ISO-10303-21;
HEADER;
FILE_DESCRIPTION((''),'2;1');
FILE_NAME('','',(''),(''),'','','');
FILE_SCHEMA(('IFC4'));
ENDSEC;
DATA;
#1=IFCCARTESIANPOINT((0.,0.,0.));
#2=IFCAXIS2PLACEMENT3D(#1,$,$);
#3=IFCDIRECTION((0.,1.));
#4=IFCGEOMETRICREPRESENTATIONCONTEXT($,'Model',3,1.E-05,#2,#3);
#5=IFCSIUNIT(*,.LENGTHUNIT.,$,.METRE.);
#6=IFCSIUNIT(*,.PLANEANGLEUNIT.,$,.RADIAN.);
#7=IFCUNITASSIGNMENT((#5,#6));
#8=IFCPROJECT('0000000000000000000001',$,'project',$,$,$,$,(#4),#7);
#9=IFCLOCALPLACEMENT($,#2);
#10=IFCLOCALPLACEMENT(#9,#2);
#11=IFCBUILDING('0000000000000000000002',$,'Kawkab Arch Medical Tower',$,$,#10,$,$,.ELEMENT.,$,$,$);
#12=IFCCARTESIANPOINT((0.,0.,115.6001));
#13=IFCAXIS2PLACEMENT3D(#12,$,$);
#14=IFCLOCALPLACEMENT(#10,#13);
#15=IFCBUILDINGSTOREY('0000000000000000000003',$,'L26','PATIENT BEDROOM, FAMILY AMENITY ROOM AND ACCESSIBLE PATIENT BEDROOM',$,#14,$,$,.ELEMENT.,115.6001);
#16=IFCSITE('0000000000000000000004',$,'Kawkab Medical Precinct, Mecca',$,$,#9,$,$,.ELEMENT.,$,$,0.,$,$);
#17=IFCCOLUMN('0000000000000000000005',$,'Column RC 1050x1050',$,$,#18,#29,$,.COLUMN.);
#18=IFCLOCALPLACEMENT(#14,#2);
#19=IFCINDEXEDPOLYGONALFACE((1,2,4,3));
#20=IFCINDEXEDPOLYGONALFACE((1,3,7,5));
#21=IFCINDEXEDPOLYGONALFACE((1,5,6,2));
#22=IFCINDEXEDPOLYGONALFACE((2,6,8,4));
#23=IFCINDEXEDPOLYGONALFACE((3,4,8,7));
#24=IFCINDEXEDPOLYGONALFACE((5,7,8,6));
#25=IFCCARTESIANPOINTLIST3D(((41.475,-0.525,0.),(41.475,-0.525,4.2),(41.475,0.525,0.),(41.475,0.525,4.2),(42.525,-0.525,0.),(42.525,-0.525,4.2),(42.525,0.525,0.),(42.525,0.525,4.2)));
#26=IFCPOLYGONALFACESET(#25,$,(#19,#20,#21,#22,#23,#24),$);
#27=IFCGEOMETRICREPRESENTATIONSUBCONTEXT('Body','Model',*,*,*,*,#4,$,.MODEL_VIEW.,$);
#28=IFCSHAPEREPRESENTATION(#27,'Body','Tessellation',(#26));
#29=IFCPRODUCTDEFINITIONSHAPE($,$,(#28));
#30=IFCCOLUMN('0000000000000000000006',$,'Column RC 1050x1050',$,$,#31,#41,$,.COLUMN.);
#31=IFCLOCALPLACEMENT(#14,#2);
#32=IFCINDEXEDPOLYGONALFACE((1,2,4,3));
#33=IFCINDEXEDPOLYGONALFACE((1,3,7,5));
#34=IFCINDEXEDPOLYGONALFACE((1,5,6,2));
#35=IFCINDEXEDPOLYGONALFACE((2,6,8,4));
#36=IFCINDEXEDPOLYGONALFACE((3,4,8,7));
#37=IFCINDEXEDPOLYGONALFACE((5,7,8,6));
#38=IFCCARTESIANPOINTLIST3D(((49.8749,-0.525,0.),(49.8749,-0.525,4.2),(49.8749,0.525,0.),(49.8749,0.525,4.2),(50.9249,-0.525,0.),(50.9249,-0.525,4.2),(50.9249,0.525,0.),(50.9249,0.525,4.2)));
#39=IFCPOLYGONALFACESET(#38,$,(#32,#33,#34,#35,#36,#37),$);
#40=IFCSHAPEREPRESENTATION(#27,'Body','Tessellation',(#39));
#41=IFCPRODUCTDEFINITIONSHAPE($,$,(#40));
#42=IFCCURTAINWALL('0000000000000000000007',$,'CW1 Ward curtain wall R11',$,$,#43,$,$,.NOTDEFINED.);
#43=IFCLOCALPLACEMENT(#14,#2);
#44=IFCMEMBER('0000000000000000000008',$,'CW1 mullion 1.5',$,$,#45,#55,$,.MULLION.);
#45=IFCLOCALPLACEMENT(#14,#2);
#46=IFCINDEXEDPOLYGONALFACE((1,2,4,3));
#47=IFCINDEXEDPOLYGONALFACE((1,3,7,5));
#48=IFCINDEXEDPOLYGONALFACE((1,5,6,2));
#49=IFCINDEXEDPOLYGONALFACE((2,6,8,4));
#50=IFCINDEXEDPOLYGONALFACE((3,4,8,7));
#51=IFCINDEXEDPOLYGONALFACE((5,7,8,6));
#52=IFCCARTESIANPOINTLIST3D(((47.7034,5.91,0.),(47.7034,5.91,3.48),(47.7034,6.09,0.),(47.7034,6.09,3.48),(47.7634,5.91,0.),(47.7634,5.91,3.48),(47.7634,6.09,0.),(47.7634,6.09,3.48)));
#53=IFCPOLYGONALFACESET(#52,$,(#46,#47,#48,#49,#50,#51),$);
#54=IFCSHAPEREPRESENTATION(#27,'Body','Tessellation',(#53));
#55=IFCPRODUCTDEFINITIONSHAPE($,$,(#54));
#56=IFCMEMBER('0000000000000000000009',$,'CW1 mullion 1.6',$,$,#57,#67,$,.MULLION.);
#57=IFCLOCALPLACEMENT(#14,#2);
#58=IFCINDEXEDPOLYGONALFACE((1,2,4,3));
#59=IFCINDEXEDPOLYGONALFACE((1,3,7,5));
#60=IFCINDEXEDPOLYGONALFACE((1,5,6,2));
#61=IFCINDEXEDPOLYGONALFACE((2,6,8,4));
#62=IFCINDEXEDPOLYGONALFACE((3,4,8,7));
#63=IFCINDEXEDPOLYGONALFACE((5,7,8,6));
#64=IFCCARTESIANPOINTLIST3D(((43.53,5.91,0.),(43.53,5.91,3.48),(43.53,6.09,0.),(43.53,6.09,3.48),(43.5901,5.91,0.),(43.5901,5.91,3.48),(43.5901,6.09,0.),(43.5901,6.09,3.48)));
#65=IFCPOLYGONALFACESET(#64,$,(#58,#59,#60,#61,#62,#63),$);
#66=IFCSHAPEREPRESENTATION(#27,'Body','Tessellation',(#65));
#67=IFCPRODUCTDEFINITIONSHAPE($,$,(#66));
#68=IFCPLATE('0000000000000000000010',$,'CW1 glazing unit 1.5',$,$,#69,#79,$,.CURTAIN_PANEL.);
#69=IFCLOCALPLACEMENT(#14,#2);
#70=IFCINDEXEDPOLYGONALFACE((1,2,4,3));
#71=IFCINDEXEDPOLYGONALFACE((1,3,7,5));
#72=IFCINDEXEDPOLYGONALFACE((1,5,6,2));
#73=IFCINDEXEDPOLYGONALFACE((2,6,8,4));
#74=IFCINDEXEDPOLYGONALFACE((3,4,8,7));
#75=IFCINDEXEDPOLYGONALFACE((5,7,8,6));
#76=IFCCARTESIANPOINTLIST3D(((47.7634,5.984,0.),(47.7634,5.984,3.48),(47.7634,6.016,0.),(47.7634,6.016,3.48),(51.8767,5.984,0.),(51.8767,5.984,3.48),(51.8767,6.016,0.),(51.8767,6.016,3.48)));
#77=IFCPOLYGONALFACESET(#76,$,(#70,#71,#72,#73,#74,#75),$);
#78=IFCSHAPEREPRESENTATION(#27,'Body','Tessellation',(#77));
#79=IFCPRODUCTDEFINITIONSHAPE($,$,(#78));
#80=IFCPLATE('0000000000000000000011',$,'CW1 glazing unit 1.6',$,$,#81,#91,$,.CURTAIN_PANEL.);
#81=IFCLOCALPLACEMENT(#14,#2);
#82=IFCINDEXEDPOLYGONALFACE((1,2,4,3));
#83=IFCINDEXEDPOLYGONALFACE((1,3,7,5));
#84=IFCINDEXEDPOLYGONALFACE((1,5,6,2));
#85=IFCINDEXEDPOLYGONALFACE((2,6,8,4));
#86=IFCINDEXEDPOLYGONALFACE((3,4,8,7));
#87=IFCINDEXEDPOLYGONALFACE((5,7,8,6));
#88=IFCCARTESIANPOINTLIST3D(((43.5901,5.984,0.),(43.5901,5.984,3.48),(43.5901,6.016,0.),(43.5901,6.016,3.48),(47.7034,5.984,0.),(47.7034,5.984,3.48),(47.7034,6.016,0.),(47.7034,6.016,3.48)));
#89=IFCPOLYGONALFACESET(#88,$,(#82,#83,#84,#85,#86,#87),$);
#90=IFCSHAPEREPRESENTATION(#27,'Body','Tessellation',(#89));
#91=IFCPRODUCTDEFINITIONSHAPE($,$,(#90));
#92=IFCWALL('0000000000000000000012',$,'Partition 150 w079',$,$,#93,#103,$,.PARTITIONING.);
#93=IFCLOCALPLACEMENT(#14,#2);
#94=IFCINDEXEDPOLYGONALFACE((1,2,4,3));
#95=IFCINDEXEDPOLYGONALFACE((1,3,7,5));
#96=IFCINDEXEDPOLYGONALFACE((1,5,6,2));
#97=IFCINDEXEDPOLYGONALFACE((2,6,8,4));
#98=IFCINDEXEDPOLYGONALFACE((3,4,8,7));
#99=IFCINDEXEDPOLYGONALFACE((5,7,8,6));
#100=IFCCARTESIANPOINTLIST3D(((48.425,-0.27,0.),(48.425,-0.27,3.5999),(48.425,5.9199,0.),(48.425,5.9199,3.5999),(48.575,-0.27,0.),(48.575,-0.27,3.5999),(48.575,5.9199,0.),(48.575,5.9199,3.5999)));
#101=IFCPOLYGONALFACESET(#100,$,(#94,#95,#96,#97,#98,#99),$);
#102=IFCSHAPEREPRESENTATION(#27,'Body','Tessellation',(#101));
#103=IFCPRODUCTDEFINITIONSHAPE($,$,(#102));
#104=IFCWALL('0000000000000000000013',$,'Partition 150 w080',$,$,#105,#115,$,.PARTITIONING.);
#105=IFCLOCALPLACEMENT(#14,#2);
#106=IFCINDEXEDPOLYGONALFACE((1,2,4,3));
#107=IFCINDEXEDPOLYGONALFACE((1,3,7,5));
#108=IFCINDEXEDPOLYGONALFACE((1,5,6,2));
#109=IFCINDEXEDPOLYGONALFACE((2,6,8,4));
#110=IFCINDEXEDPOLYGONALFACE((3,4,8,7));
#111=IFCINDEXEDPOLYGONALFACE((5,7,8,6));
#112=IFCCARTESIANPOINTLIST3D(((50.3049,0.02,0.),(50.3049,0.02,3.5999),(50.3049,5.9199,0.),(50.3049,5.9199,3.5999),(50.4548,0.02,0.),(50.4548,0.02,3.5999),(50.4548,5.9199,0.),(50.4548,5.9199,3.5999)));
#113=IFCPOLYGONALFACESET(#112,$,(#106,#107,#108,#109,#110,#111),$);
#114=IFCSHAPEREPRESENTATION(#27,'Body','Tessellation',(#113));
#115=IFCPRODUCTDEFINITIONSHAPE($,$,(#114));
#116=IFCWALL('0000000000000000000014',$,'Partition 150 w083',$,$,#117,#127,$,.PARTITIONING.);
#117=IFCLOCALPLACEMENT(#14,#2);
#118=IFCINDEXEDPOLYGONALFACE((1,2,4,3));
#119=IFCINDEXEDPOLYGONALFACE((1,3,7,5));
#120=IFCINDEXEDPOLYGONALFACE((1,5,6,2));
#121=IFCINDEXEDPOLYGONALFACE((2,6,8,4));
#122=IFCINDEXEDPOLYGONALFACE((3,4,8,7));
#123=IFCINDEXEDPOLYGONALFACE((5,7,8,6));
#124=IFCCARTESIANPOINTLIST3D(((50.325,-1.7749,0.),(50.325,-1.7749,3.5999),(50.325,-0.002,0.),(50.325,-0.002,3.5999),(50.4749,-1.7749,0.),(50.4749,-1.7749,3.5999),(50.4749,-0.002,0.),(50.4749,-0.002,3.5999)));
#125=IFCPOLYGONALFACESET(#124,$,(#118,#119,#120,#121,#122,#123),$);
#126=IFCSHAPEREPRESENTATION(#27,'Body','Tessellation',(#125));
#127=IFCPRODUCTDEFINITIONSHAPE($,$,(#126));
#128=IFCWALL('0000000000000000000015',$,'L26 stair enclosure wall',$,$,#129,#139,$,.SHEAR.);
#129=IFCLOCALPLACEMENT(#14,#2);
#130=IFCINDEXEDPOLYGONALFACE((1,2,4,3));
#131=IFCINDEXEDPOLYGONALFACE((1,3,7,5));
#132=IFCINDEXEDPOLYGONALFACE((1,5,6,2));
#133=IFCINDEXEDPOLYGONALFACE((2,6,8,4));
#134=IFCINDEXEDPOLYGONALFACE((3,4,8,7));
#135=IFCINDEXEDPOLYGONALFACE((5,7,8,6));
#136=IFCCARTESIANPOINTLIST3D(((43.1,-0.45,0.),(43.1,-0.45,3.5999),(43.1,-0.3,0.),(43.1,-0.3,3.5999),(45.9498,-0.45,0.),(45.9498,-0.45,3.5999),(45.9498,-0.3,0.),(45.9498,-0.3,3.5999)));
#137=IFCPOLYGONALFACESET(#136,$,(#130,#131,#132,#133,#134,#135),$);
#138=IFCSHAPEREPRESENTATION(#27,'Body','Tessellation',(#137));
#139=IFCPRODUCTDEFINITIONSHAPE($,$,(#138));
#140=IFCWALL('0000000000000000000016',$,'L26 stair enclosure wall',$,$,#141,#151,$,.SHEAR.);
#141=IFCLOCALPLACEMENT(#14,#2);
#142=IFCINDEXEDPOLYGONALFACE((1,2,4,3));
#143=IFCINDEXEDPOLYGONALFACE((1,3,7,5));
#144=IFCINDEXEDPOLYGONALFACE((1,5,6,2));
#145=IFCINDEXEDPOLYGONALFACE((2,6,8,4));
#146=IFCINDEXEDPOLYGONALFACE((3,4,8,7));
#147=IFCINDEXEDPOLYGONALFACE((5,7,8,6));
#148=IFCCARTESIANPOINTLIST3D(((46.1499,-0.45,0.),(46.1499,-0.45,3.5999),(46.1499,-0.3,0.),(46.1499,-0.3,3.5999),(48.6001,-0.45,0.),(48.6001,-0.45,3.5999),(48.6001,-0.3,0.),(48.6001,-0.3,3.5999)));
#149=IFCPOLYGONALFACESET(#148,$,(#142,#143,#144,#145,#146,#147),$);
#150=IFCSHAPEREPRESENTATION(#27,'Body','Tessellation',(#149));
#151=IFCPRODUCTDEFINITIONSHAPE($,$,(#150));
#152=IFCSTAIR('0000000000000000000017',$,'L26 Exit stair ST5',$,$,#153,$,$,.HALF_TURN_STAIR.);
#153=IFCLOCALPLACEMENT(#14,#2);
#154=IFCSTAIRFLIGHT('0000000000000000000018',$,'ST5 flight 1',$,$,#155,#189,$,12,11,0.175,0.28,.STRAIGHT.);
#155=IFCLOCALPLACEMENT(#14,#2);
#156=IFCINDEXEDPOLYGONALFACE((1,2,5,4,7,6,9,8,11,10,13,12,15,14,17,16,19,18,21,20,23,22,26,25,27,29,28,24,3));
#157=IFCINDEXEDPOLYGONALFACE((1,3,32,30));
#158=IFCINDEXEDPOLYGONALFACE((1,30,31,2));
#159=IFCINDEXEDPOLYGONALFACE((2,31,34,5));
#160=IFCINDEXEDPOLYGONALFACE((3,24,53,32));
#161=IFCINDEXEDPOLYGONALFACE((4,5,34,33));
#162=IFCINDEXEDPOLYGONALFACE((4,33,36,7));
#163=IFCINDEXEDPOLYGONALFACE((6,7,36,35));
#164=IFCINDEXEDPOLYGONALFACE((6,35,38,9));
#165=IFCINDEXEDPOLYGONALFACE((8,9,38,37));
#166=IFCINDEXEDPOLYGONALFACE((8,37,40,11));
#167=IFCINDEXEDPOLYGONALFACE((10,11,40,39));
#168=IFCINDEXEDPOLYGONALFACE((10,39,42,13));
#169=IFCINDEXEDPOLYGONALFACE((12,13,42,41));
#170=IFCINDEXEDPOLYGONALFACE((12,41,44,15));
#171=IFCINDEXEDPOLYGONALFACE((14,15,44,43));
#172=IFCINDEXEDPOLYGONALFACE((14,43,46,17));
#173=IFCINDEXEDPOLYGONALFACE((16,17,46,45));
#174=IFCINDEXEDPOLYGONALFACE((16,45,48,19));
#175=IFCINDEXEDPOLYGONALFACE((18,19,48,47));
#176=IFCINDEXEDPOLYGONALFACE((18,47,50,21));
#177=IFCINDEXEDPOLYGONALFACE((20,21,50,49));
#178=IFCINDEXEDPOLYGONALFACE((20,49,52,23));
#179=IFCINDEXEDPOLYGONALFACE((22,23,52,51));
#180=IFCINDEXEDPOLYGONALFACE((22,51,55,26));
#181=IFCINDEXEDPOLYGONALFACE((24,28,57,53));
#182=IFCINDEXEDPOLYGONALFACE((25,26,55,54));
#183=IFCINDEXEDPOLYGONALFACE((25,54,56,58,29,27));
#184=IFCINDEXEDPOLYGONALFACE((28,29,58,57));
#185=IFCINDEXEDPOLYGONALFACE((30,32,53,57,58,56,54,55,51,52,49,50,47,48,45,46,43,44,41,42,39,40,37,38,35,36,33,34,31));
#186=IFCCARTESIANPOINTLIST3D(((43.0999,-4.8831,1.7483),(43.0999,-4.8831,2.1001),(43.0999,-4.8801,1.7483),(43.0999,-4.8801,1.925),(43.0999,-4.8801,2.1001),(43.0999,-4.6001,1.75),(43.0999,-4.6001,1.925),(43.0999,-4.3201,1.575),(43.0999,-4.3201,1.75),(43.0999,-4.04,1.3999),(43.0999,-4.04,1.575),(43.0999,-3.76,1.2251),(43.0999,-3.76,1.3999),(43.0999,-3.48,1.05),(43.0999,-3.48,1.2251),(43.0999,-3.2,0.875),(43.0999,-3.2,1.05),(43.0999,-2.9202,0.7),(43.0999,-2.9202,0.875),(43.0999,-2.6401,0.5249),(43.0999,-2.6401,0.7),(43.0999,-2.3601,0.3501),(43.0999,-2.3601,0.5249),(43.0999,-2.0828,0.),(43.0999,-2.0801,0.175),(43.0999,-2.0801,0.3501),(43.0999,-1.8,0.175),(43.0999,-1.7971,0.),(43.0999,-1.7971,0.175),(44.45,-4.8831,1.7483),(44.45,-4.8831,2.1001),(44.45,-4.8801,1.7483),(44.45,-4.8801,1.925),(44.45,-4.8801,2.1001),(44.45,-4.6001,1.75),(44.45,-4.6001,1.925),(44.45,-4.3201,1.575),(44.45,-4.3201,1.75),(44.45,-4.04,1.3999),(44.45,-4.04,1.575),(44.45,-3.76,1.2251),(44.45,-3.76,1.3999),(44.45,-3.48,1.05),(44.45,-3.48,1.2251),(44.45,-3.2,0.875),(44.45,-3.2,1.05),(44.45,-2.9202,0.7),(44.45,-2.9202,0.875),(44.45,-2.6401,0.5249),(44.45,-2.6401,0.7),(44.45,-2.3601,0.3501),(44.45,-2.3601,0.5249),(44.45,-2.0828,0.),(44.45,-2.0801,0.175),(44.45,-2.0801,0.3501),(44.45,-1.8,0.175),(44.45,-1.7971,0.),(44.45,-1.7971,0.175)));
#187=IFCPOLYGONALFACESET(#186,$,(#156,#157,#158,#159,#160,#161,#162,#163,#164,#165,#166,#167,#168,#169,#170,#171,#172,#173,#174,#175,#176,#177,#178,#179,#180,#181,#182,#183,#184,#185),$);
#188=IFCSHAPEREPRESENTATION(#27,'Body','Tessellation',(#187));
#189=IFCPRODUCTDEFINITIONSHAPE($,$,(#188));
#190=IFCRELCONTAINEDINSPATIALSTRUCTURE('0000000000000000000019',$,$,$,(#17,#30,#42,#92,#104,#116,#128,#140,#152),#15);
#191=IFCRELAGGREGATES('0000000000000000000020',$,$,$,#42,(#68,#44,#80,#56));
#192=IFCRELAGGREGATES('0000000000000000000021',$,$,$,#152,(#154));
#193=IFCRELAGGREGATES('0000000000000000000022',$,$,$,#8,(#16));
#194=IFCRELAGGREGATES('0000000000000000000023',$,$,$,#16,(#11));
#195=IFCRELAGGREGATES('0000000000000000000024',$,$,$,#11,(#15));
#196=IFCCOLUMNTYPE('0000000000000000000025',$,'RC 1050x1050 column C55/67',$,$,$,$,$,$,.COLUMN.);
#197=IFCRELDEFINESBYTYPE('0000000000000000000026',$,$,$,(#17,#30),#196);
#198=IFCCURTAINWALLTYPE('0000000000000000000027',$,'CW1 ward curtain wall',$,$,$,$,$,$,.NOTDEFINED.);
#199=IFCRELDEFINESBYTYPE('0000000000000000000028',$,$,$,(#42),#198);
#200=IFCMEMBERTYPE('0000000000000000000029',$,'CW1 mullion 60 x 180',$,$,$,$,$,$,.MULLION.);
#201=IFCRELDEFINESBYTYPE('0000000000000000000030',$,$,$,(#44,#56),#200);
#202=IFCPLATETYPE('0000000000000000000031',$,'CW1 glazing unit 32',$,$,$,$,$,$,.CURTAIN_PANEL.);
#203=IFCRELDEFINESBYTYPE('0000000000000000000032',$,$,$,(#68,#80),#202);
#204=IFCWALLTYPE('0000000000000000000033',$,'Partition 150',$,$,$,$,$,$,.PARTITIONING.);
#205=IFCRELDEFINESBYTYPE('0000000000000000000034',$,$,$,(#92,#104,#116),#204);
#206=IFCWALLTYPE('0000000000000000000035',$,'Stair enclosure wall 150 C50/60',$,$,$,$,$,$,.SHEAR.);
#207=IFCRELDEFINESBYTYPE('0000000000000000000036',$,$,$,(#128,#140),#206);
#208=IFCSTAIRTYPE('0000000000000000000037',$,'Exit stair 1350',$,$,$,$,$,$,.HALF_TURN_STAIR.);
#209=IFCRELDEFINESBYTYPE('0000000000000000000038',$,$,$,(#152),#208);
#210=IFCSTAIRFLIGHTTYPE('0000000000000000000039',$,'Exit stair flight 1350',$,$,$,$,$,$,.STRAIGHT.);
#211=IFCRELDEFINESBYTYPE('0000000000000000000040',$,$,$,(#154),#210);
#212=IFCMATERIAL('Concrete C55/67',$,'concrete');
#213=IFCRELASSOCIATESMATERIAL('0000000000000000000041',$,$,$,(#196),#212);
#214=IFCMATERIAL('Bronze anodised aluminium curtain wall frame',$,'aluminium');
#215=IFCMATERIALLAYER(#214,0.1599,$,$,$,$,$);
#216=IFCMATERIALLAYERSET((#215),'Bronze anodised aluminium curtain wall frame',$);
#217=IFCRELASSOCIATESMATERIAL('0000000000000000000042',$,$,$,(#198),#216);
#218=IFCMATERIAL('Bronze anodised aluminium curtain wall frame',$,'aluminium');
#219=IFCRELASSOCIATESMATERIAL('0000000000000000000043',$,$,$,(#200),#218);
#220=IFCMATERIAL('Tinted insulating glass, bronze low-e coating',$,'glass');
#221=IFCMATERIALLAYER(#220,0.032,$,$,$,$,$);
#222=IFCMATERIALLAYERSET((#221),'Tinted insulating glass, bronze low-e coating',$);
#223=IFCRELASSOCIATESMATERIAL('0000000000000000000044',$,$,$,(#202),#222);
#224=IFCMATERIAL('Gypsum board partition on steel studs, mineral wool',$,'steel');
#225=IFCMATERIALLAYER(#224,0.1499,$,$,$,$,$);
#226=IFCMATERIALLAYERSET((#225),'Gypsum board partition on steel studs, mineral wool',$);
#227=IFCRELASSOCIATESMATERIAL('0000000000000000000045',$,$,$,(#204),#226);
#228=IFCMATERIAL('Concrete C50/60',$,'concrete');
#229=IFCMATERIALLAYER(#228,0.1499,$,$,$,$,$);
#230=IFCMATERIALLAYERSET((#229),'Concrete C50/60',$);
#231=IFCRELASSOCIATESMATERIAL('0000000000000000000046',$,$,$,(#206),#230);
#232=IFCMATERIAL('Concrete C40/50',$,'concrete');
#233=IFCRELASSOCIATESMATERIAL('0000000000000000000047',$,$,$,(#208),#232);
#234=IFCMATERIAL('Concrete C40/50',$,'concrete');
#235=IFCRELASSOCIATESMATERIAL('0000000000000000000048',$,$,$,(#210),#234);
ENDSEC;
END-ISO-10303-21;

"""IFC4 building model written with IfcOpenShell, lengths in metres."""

from ifc_helpers import new_model, si_unit, direction, frame, frame_2d, origin, origin_2d, place, context, subcontext, project, spatial, polyline, rectangle, outline, extrude, material, layer, layer_set, material_profile, profile_set, type_object, element, aggregate, save


model = new_model("IFC4")

# Units and contexts
model_context = context("Model", 3, precision=1e-05, world=origin(), true_north=direction((0.0, 1.0)))
body_context = subcontext(model_context, "Body", "Model", "MODEL_VIEW")
ifc_project = project(units=[si_unit("LENGTHUNIT", "METRE"), si_unit("PLANEANGLEUNIT", "RADIAN")], contexts=[model_context])

# Site, building, storey
site_placement = place(None, origin())
site = spatial("IfcSite", under=ifc_project, at=site_placement, Name="Kawkab Medical Precinct, Mecca", CompositionType="ELEMENT", RefElevation=0.0)
building_placement = place(site_placement, origin())
building = spatial("IfcBuilding", under=site, at=building_placement, Name="Kawkab Arch Medical Tower", CompositionType="ELEMENT")
storey_placement = place(building_placement, frame((0.0, 0.0, 115.6001)))
storey = spatial("IfcBuildingStorey", under=building, at=storey_placement, Name="L26", Description="PATIENT BEDROOM, FAMILY AMENITY ROOM AND ACCESSIBLE PATIENT BEDROOM", CompositionType="ELEMENT", Elevation=115.6001)

# Columns
ifc_material_1 = material(Name="Concrete C55/67", Category="concrete")
ifc_material_profile_1 = material_profile(ifc_material_1, rectangle(XDim=1.05, YDim=1.05, at=origin_2d()), Name="RC 1050x1050")
ifc_profile_set_1 = profile_set([ifc_material_profile_1], Name="Concrete C55/67")
column_type = type_object("IfcColumnType", Name="RC 1050x1050 column C55/67", PredefinedType="COLUMN", material=ifc_profile_set_1)
for number, where, z_axis, x_axis, name in (
    (1, (42.0, 0.0, 0.0), (0.0, 0.0, 1.0), (1.0, 0.0, 0.0), "Column RC 1050x1050"),
    (2, (50.3999, 0.0, 0.0), (0.0, 0.0, 1.0), (1.0, 0.0, 0.0), "Column RC 1050x1050"),
):
    element("IfcColumn", number, at=place(storey_placement, frame(where, z_axis=z_axis, x_axis=x_axis)), inside=storey, type_object=column_type, Name=name, PredefinedType="COLUMN", context=body_context, shape_type="SweptSolid", body=[
        extrude(rectangle(XDim=1.05, YDim=1.05, at=origin_2d()), origin(), (0.0, 0.0, 1.0), 4.2),
    ])

# Curtain wall, members, plates
ifc_material_2 = material(Name="Bronze anodised aluminium curtain wall frame", Category="aluminium")
ifc_layer_1 = layer(ifc_material_2, 0.1599)
ifc_layer_set_1 = layer_set([ifc_layer_1], Name="Bronze anodised aluminium curtain wall frame")
curtain_wall_type = type_object("IfcCurtainWallType", Name="CW1 ward curtain wall", PredefinedType="NOTDEFINED", material=ifc_layer_set_1)
placement = place(storey_placement, origin())
curtain_wall = element("IfcCurtainWall", 3, at=placement, inside=storey, type_object=curtain_wall_type, Name="CW1 Ward curtain wall R11", PredefinedType="NOTDEFINED")
ifc_material_3 = material(Name="Bronze anodised aluminium curtain wall frame", Category="aluminium")
ifc_material_profile_2 = material_profile(ifc_material_3, rectangle(XDim=0.1799, YDim=0.0601, at=origin_2d()), Name="AL 60x180")
ifc_profile_set_2 = profile_set([ifc_material_profile_2], Name="Bronze anodised aluminium curtain wall frame")
member_type = type_object("IfcMemberType", Name="CW1 mullion 60 x 180", PredefinedType="MULLION", material=ifc_profile_set_2)
member_1_placement = place(storey_placement, frame((47.7334, 6.0, 0.0), z_axis=(0.0, 0.0, 1.0), x_axis=(0.0, -1.0, 0.0)))
member_1 = element("IfcMember", 4, at=member_1_placement, type_object=member_type, Name="CW1 mullion 1.5", PredefinedType="MULLION", context=body_context, shape_type="SweptSolid", body=[
    extrude(rectangle(XDim=0.1799, YDim=0.0601, at=origin_2d()), origin(), (0.0, 0.0, 1.0), 3.48),
])
member_2_placement = place(storey_placement, frame((43.5601, 6.0, 0.0), z_axis=(0.0, 0.0, 1.0), x_axis=(0.0, -1.0, 0.0)))
member_2 = element("IfcMember", 5, at=member_2_placement, type_object=member_type, Name="CW1 mullion 1.6", PredefinedType="MULLION", context=body_context, shape_type="SweptSolid", body=[
    extrude(rectangle(XDim=0.1799, YDim=0.0601, at=origin_2d()), origin(), (0.0, 0.0, 1.0), 3.48),
])
ifc_material_4 = material(Name="Tinted insulating glass, bronze low-e coating", Category="glass")
ifc_layer_2 = layer(ifc_material_4, 0.032)
ifc_layer_set_2 = layer_set([ifc_layer_2], Name="Tinted insulating glass, bronze low-e coating")
plate_type = type_object("IfcPlateType", Name="CW1 glazing unit 32", PredefinedType="CURTAIN_PANEL", material=ifc_layer_set_2)
plate_1_placement = place(storey_placement, frame((49.8201, 6.0, 0.0), z_axis=(0.0, 0.0, 1.0), x_axis=(-1.0, 0.0, 0.0)))
plate_1 = element("IfcPlate", 6, at=plate_1_placement, type_object=plate_type, Name="CW1 glazing unit 1.5", PredefinedType="CURTAIN_PANEL", context=body_context, shape_type="SweptSolid", body=[
    extrude(rectangle(XDim=4.1133, YDim=0.032, at=origin_2d()), origin(), (0.0, 0.0, 1.0), 3.48),
])
plate_2_placement = place(storey_placement, frame((45.6467, 6.0, 0.0), z_axis=(0.0, 0.0, 1.0), x_axis=(-1.0, 0.0, 0.0)))
plate_2 = element("IfcPlate", 7, at=plate_2_placement, type_object=plate_type, Name="CW1 glazing unit 1.6", PredefinedType="CURTAIN_PANEL", context=body_context, shape_type="SweptSolid", body=[
    extrude(rectangle(XDim=4.1133, YDim=0.032, at=origin_2d()), origin(), (0.0, 0.0, 1.0), 3.48),
])
aggregate(curtain_wall, [plate_1, member_1, plate_2, member_2])

# Walls
ifc_material_5 = material(Name="Gypsum board partition on steel studs, mineral wool", Category="steel")
ifc_layer_3 = layer(ifc_material_5, 0.1499)
ifc_layer_set_3 = layer_set([ifc_layer_3], Name="Gypsum board partition on steel studs, mineral wool")
wall_type_1 = type_object("IfcWallType", Name="Partition 150", PredefinedType="PARTITIONING", material=ifc_layer_set_3)
wall_1_placement = place(storey_placement, frame((48.5, -0.27, 0.0), z_axis=(0.0, 0.0, 1.0), x_axis=(0.0, 1.0, 0.0)))
element("IfcWall", 8, at=wall_1_placement, inside=storey, type_object=wall_type_1, Name="Partition 150 w079", PredefinedType="PARTITIONING", context=body_context, shape_type="SweptSolid", body=[
    extrude(rectangle(XDim=6.1899, YDim=0.1499, at=frame_2d((3.095, 0.0))), origin(), (0.0, 0.0, 1.0), 3.5999),
])
wall_2_placement = place(storey_placement, frame((50.3799, 0.02, 0.0), z_axis=(0.0, 0.0, 1.0), x_axis=(0.0, 1.0, 0.0)))
element("IfcWall", 9, at=wall_2_placement, inside=storey, type_object=wall_type_1, Name="Partition 150 w080", PredefinedType="PARTITIONING", context=body_context, shape_type="SweptSolid", body=[
    extrude(rectangle(XDim=5.8999, YDim=0.1499, at=frame_2d((2.95, 0.0))), origin(), (0.0, 0.0, 1.0), 3.5999),
])
wall_3_placement = place(storey_placement, frame((50.3999, -1.7749, 0.0), z_axis=(0.0, 0.0, 1.0), x_axis=(0.0, 1.0, 0.0)))
element("IfcWall", 10, at=wall_3_placement, inside=storey, type_object=wall_type_1, Name="Partition 150 w083", PredefinedType="PARTITIONING", context=body_context, shape_type="SweptSolid", body=[
    extrude(rectangle(XDim=1.7729, YDim=0.1499, at=frame_2d((0.8865, 0.0))), origin(), (0.0, 0.0, 1.0), 3.5999),
])
ifc_material_6 = material(Name="Concrete C50/60", Category="concrete")
ifc_layer_4 = layer(ifc_material_6, 0.1499)
ifc_layer_set_4 = layer_set([ifc_layer_4], Name="Concrete C50/60")
wall_type_2 = type_object("IfcWallType", Name="Stair enclosure wall 150 C50/60", PredefinedType="SHEAR", material=ifc_layer_set_4)
wall_4_placement = place(storey_placement, frame((43.1001, -0.375, 0.0), z_axis=(0.0, 0.0, 1.0), x_axis=(1.0, 0.0, 0.0)))
element("IfcWall", 11, at=wall_4_placement, inside=storey, type_object=wall_type_2, Name="L26 stair enclosure wall", PredefinedType="SHEAR", context=body_context, shape_type="SweptSolid", body=[
    extrude(rectangle(XDim=2.8499, YDim=0.1499, at=frame_2d((1.4248, 0.0))), origin(), (0.0, 0.0, 1.0), 3.5999),
])
wall_5_placement = place(storey_placement, frame((46.1499, -0.375, 0.0), z_axis=(0.0, 0.0, 1.0), x_axis=(1.0, 0.0, 0.0)))
element("IfcWall", 12, at=wall_5_placement, inside=storey, type_object=wall_type_2, Name="L26 stair enclosure wall", PredefinedType="SHEAR", context=body_context, shape_type="SweptSolid", body=[
    extrude(rectangle(XDim=2.4502, YDim=0.1499, at=frame_2d((1.2251, 0.0))), origin(), (0.0, 0.0, 1.0), 3.5999),
])

# Stair, stair flight
ifc_material_7 = material(Name="Concrete C40/50", Category="concrete")
stair_type = type_object("IfcStairType", Name="Exit stair 1350", PredefinedType="HALF_TURN_STAIR", material=ifc_material_7)
stair = element("IfcStair", 13, at=placement, inside=storey, type_object=stair_type, Name="L26 Exit stair ST5", PredefinedType="HALF_TURN_STAIR")
ifc_material_8 = material(Name="Concrete C40/50", Category="concrete")
stair_flight_type = type_object("IfcStairFlightType", Name="Exit stair flight 1350", PredefinedType="STRAIGHT", material=ifc_material_8)
stair_flight_placement = place(storey_placement, frame((43.7749, -1.8, 0.0), z_axis=(0.0, 0.0, 1.0), x_axis=(0.0, -1.0, 0.0)))
stair_flight = element("IfcStairFlight", 14, at=stair_flight_placement, type_object=stair_flight_type, Name="ST5 flight 1", NumberOfRisers=12, NumberOfTreads=11, PredefinedType="STRAIGHT", RiserHeight=0.175, TreadLength=0.28, context=body_context, shape_type="SweptSolid", body=[
    extrude(outline(polyline([(-0.0029, 0.0), (-0.0029, 0.175), (0.0, 0.175), (0.28, 0.175), (0.28, 0.3501), (0.5601, 0.3501), (0.5601, 0.5249), (0.8401, 0.5249), (0.8401, 0.7), (1.1201, 0.7), (1.1201, 0.875), (1.3999, 0.875), (1.3999, 1.05), (1.6799, 1.05), (1.6799, 1.2251), (1.96, 1.2251), (1.96, 1.3999), (2.24, 1.3999), (2.24, 1.575), (2.52, 1.575), (2.52, 1.75), (2.8, 1.75), (2.8, 1.925), (3.0801, 1.925), (3.0801, 2.1001), (3.083, 2.1001), (3.083, 1.7483), (3.0801, 1.7483), (0.2827, 0.0), (-0.0029, 0.0)])), frame((0.0, 0.675, 0.0), z_axis=(0.0, -1.0, 0.0), x_axis=(1.0, 0.0, 0.0)), (0.0, 0.0, 1.0), 1.3501),
])
aggregate(stair, [stair_flight])

save(model, "model.ifc")
